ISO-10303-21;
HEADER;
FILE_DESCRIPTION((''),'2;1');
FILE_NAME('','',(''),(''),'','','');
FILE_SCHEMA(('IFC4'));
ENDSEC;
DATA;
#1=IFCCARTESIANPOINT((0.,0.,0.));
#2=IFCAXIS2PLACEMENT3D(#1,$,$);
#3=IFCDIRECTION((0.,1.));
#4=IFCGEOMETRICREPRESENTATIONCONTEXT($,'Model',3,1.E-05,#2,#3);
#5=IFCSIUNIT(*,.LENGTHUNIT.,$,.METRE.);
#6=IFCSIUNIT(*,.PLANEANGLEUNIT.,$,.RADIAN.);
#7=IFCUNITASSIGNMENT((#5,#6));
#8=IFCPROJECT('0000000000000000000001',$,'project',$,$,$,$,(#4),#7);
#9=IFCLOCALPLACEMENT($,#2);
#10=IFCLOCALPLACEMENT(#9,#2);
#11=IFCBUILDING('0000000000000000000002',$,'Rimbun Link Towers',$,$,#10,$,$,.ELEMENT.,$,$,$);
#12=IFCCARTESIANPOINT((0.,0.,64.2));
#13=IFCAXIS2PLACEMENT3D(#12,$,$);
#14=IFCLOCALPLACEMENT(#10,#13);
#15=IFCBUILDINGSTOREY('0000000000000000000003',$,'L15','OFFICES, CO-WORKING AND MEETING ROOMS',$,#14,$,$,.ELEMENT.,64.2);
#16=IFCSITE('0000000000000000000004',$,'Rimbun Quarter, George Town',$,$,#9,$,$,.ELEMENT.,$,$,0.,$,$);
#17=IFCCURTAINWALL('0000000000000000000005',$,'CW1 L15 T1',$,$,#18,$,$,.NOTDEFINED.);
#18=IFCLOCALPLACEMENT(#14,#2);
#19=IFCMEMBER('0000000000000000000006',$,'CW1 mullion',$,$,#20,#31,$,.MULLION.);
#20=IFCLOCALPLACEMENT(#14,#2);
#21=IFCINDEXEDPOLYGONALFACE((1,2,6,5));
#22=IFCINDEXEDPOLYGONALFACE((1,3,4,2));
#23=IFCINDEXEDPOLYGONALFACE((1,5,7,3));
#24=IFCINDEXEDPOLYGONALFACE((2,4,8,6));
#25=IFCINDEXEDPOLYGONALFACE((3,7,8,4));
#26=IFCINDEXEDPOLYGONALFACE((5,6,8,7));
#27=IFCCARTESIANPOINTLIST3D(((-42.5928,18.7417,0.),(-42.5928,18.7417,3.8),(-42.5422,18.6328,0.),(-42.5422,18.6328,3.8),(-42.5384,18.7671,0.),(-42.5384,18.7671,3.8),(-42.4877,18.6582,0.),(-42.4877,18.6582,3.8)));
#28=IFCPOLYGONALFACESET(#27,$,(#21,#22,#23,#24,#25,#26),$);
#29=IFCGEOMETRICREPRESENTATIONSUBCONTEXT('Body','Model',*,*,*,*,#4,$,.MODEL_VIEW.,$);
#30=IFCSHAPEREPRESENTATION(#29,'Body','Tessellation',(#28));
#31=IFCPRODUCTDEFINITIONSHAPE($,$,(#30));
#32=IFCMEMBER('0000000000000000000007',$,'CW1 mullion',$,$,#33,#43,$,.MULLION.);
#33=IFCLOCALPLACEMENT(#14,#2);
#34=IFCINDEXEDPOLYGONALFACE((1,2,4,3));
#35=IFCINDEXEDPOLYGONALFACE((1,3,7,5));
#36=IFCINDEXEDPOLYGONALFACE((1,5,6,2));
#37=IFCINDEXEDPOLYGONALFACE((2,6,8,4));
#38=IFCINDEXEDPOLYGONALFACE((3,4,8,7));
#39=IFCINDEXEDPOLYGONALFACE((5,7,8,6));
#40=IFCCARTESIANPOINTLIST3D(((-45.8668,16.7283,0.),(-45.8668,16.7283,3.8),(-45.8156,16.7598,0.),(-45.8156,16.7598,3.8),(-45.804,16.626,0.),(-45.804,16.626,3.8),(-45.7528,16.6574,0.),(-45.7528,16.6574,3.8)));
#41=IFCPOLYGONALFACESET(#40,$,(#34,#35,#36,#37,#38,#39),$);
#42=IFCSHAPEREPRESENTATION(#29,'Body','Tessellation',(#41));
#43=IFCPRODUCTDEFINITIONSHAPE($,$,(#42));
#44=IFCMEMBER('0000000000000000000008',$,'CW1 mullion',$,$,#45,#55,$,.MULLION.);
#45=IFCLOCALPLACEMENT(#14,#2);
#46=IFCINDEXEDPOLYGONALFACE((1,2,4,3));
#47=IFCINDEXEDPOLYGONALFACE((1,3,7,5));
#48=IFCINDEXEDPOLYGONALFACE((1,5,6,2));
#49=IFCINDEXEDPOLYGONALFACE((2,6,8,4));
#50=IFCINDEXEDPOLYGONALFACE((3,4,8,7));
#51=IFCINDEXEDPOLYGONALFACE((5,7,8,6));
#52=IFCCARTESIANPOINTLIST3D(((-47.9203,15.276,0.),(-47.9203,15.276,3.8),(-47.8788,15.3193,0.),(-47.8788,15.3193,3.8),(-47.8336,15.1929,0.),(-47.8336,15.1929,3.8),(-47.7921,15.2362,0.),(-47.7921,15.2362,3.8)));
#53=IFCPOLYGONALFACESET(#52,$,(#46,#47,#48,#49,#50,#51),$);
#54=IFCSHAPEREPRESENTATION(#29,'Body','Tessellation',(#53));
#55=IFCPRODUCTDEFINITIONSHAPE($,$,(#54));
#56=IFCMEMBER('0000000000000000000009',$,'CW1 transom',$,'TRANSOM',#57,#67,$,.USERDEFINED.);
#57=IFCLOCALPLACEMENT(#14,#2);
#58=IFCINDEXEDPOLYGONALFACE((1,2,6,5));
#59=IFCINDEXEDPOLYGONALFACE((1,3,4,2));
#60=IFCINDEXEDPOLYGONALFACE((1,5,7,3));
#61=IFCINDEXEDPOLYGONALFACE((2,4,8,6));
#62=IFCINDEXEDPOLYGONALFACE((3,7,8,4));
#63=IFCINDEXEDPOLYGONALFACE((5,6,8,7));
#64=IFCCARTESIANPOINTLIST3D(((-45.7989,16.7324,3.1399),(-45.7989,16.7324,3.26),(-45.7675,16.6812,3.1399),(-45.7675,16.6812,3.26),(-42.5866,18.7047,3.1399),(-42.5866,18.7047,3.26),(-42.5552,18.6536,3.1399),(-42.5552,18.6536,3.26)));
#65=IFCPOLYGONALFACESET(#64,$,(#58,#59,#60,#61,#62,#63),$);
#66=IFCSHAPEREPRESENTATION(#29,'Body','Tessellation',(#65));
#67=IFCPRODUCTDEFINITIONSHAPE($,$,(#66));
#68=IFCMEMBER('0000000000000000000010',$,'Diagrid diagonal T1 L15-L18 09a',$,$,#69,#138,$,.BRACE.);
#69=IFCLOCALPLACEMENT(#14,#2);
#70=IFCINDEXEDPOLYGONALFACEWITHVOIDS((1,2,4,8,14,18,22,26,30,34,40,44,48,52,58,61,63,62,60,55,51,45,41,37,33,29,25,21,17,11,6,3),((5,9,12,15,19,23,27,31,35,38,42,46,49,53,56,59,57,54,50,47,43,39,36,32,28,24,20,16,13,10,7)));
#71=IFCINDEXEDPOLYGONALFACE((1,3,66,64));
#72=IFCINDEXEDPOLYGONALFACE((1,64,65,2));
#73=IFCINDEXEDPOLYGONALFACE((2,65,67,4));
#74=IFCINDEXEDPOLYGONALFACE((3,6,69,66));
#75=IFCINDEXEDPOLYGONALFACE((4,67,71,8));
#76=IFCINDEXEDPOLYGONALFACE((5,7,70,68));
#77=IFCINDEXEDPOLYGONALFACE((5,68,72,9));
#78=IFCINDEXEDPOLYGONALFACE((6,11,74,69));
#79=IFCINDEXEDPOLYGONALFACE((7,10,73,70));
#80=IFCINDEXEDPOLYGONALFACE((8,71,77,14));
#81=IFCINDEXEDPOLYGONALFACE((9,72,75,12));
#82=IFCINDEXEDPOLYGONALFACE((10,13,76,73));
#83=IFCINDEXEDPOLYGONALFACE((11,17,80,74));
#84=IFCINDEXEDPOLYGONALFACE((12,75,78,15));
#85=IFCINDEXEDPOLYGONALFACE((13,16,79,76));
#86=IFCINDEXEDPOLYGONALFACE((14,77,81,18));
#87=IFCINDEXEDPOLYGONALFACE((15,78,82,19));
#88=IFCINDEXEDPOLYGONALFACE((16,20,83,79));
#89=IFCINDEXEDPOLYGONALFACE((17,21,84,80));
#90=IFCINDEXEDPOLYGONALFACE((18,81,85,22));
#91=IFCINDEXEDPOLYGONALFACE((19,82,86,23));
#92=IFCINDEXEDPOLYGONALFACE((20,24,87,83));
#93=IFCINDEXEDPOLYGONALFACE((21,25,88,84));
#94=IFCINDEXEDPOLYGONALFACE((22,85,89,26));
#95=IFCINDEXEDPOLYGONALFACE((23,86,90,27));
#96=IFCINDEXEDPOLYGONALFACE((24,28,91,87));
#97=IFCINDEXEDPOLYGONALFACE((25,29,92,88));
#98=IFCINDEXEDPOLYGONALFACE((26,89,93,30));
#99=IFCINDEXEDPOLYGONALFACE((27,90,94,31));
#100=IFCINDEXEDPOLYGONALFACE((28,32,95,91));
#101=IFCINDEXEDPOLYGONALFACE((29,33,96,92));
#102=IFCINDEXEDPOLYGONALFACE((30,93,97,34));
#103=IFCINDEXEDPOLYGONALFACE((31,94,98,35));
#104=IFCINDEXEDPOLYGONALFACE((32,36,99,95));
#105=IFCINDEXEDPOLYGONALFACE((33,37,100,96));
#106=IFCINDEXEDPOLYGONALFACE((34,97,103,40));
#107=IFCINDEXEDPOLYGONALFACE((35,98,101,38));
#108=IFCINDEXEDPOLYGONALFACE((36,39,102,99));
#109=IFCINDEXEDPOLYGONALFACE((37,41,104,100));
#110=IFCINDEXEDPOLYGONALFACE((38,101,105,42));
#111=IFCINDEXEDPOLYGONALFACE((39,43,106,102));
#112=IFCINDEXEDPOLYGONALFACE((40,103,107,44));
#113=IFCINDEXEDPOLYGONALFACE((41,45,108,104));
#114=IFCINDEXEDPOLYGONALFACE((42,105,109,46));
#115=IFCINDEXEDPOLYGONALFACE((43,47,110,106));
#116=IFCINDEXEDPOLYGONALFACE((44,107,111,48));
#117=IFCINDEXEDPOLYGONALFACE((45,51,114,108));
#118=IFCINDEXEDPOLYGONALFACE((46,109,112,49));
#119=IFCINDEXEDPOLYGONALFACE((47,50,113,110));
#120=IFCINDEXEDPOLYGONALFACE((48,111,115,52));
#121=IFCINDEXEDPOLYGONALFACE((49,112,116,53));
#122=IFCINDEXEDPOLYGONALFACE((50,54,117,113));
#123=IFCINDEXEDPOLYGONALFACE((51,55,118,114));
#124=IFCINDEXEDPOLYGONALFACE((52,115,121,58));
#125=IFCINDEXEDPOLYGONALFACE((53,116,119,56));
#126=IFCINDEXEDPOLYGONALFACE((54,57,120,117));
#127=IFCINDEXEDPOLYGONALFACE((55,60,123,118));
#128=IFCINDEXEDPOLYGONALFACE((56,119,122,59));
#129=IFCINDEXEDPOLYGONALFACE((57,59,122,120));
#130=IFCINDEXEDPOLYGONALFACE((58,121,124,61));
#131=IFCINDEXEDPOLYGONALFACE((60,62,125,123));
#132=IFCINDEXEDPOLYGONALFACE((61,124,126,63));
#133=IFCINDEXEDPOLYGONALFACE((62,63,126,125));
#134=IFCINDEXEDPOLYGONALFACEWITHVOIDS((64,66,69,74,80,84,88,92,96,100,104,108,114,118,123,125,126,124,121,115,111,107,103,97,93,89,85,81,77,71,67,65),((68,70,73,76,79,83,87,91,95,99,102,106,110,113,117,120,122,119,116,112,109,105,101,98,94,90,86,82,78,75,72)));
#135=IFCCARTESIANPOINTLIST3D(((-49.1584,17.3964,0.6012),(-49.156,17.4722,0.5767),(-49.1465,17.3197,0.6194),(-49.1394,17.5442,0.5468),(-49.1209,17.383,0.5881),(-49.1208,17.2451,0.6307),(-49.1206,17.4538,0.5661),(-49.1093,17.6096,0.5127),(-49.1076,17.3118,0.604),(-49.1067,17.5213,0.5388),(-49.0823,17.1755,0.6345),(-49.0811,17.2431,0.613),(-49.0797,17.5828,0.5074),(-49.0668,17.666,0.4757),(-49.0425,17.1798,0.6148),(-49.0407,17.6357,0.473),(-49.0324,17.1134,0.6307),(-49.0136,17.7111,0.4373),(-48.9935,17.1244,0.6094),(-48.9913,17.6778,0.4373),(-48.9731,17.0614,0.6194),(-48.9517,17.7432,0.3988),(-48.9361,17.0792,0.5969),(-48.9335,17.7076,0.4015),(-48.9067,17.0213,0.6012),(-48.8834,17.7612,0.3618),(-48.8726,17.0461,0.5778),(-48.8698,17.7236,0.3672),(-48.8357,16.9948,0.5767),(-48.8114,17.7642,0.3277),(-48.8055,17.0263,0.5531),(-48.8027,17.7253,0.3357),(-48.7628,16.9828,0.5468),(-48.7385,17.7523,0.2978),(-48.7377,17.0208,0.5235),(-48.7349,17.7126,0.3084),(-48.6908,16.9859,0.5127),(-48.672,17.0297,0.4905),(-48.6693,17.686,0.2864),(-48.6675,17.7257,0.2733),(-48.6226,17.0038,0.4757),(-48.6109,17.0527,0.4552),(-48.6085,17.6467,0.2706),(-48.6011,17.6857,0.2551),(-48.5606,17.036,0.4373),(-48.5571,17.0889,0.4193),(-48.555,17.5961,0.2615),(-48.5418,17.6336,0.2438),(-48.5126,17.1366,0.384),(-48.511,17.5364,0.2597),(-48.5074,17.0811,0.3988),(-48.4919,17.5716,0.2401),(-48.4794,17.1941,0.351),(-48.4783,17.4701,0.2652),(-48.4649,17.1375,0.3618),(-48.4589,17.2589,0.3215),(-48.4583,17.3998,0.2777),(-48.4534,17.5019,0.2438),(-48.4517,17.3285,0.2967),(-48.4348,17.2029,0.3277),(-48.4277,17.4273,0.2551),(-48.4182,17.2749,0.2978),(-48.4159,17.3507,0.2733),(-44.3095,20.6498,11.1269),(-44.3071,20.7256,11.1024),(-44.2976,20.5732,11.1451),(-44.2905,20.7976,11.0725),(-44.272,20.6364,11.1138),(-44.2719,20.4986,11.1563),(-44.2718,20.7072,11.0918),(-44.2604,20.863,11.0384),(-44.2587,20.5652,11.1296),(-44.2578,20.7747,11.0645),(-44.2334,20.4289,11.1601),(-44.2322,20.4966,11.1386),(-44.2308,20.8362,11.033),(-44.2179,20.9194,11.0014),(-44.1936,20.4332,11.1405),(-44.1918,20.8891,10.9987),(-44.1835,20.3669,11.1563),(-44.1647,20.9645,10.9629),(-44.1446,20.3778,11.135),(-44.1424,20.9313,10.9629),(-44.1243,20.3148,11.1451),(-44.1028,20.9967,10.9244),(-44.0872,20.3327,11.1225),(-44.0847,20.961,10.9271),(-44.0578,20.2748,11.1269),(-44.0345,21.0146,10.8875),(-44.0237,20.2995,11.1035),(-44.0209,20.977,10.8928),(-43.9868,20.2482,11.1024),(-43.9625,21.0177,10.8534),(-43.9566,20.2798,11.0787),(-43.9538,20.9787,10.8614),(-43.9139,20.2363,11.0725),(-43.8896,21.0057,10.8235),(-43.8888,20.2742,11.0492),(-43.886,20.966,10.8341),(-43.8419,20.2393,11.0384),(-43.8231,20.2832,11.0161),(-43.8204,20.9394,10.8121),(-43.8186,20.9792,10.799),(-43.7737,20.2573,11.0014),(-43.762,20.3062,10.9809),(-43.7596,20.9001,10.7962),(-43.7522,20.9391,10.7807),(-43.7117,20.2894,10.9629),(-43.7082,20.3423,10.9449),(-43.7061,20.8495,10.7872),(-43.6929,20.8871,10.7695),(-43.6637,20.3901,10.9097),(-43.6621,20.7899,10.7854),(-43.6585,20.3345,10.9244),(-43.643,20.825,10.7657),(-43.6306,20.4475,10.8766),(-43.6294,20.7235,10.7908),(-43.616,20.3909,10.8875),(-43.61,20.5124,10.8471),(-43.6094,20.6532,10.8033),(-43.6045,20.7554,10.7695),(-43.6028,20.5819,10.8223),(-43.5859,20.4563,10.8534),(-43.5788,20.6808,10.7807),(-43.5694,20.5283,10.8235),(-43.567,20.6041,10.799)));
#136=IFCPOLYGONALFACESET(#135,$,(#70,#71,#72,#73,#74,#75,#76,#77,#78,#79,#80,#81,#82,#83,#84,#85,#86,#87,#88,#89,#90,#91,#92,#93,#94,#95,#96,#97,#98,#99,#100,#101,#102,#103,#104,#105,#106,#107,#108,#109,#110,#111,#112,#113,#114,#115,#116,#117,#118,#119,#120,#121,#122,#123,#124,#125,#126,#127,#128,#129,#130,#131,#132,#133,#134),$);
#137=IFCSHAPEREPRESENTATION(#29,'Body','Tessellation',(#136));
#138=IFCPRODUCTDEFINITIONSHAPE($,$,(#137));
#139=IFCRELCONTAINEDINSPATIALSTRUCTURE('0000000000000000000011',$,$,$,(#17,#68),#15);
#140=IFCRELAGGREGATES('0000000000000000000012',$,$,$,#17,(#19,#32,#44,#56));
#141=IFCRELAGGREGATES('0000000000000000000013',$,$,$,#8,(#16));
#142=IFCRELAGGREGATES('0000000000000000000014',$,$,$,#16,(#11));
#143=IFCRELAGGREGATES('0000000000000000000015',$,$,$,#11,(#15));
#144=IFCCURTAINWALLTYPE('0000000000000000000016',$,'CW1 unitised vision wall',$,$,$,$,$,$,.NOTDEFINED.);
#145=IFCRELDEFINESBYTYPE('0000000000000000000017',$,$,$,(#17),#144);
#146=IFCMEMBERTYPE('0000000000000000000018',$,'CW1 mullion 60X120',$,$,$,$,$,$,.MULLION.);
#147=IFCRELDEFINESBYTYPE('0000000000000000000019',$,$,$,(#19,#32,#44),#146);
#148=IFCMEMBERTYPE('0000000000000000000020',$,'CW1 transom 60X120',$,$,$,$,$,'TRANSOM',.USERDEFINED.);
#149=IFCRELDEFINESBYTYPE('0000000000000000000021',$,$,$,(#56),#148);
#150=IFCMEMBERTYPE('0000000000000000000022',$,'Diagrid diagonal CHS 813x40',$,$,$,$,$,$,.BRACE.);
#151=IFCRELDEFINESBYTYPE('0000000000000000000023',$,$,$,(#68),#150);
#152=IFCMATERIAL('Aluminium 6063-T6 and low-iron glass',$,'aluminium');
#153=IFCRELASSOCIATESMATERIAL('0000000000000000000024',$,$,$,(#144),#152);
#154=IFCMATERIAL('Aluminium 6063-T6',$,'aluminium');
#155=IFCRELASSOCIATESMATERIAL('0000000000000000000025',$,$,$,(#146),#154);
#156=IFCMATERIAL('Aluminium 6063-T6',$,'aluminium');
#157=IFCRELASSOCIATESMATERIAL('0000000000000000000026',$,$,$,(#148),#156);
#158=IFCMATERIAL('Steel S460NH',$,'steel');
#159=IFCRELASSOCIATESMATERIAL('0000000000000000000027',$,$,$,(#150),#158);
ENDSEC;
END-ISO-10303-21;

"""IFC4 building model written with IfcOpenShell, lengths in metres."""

from ifc_helpers import new_model, si_unit, direction, frame, origin, origin_2d, place, context, subcontext, project, spatial, rectangle, hollow_circle, extrude, material, material_profile, profile_set, type_object, element, aggregate, save


model = new_model("IFC4")

# Units and contexts
model_context = context("Model", 3, precision=1e-05, world=origin(), true_north=direction((0.0, 1.0)))
body_context = subcontext(model_context, "Body", "Model", "MODEL_VIEW")
ifc_project = project(units=[si_unit("LENGTHUNIT", "METRE"), si_unit("PLANEANGLEUNIT", "RADIAN")], contexts=[model_context])

# Site, building, storey
site_placement = place(None, origin())
site = spatial("IfcSite", under=ifc_project, at=site_placement, Name="Rimbun Quarter, George Town", CompositionType="ELEMENT", RefElevation=0.0)
building_placement = place(site_placement, origin())
building = spatial("IfcBuilding", under=site, at=building_placement, Name="Rimbun Link Towers", CompositionType="ELEMENT")
storey_placement = place(building_placement, frame((0.0, 0.0, 64.2)))
storey = spatial("IfcBuildingStorey", under=building, at=storey_placement, Name="L15", Description="OFFICES, CO-WORKING AND MEETING ROOMS", CompositionType="ELEMENT", Elevation=64.2)

# Curtain wall, members
ifc_material_1 = material(Name="Aluminium 6063-T6 and low-iron glass", Category="aluminium")
curtain_wall_type = type_object("IfcCurtainWallType", Name="CW1 unitised vision wall", PredefinedType="NOTDEFINED", material=ifc_material_1)
curtain_wall_placement = place(storey_placement, origin())
curtain_wall = element("IfcCurtainWall", 1, at=curtain_wall_placement, inside=storey, type_object=curtain_wall_type, Name="CW1 L15 T1", PredefinedType="NOTDEFINED")
ifc_material_2 = material(Name="Aluminium 6063-T6", Category="aluminium")
ifc_material_profile_1 = material_profile(ifc_material_2, rectangle(XDim=0.1201, YDim=0.0601, at=origin_2d()), Name="MULLION 60X120")
ifc_profile_set_1 = profile_set([ifc_material_profile_1], Name="Aluminium 6063-T6")
member_type_1 = type_object("IfcMemberType", Name="CW1 mullion 60X120", PredefinedType="MULLION", material=ifc_profile_set_1)
member_1_placement = place(storey_placement, frame((-42.5403, 18.7, 0.0), z_axis=(0.0, 0.0, 1.0), x_axis=(-0.421699, 0.906736, 0.0)))
member_1 = element("IfcMember", 2, at=member_1_placement, type_object=member_type_1, Name="CW1 mullion", PredefinedType="MULLION", context=body_context, shape_type="SweptSolid", body=[
    extrude(rectangle(XDim=0.1201, YDim=0.0601, at=origin_2d()), origin(), (0.0, 0.0, 1.0), 3.8),
])
member_2_placement = place(storey_placement, frame((-45.8098, 16.6929, 0.0), z_axis=(0.0, 0.0, 1.0), x_axis=(-0.523239, 0.852186, 0.0)))
member_2 = element("IfcMember", 3, at=member_2_placement, type_object=member_type_1, Name="CW1 mullion", PredefinedType="MULLION", context=body_context, shape_type="SweptSolid", body=[
    extrude(rectangle(XDim=0.1201, YDim=0.0601, at=origin_2d()), origin(), (0.0, 0.0, 1.0), 3.8),
])
member_3_placement = place(storey_placement, frame((-47.8562, 15.2561, 0.0), z_axis=(0.0, 0.0, 1.0), x_axis=(-0.721854, 0.692045, 0.0)))
member_3 = element("IfcMember", 4, at=member_3_placement, type_object=member_type_1, Name="CW1 mullion", PredefinedType="MULLION", context=body_context, shape_type="SweptSolid", body=[
    extrude(rectangle(XDim=0.1201, YDim=0.0601, at=origin_2d()), origin(), (0.0, 0.0, 1.0), 3.8),
])
ifc_material_3 = material(Name="Aluminium 6063-T6", Category="aluminium")
ifc_material_profile_2 = material_profile(ifc_material_3, rectangle(XDim=0.0601, YDim=0.1201, at=origin_2d()), Name="TRANSOM 60X120")
ifc_profile_set_2 = profile_set([ifc_material_profile_2], Name="Aluminium 6063-T6")
member_type_2 = type_object("IfcMemberType", Name="CW1 transom 60X120", ElementType="TRANSOM", PredefinedType="USERDEFINED", material=ifc_profile_set_2)
member_4_placement = place(storey_placement, frame((-45.7832, 16.7068, 3.2), z_axis=(0.852185, 0.523241, 0.0), x_axis=(-0.523241, 0.852185, 0.0)))
member_4 = element("IfcMember", 5, at=member_4_placement, type_object=member_type_2, Name="CW1 transom", ObjectType="TRANSOM", PredefinedType="USERDEFINED", context=body_context, shape_type="SweptSolid", body=[
    extrude(rectangle(XDim=0.0601, YDim=0.1201, at=origin_2d()), origin(), (0.0, 0.0, 1.0), 3.7695),
])

# Member
ifc_material_4 = material(Name="Steel S460NH", Category="steel")
ifc_material_profile_3 = material_profile(ifc_material_4, hollow_circle(Radius=0.4065, WallThickness=0.04, at=origin_2d()), Name="Diagrid diagonal CHS 813x40")
ifc_profile_set_3 = profile_set([ifc_material_profile_3], Name="Steel S460NH")
member_type_3 = type_object("IfcMemberType", Name="Diagrid diagonal CHS 813x40", PredefinedType="BRACE", material=ifc_profile_set_3)
member_5_placement = place(storey_placement, frame((-48.7871, 17.3735, 0.4373), z_axis=(0.402837, 0.270289, 0.874452), x_axis=(-0.557168, 0.8304, 0.0)))
element("IfcMember", 6, at=member_5_placement, inside=storey, type_object=member_type_3, Name="Diagrid diagonal T1 L15-L18 09a", PredefinedType="BRACE", context=body_context, shape_type="SweptSolid", body=[
    extrude(hollow_circle(Radius=0.4065, WallThickness=0.04, at=origin_2d()), origin(), (0.0, 0.0, 1.0), 12.0369),
])

aggregate(curtain_wall, [member_1, member_2, member_3, member_4])

save(model, "model.ifc")
